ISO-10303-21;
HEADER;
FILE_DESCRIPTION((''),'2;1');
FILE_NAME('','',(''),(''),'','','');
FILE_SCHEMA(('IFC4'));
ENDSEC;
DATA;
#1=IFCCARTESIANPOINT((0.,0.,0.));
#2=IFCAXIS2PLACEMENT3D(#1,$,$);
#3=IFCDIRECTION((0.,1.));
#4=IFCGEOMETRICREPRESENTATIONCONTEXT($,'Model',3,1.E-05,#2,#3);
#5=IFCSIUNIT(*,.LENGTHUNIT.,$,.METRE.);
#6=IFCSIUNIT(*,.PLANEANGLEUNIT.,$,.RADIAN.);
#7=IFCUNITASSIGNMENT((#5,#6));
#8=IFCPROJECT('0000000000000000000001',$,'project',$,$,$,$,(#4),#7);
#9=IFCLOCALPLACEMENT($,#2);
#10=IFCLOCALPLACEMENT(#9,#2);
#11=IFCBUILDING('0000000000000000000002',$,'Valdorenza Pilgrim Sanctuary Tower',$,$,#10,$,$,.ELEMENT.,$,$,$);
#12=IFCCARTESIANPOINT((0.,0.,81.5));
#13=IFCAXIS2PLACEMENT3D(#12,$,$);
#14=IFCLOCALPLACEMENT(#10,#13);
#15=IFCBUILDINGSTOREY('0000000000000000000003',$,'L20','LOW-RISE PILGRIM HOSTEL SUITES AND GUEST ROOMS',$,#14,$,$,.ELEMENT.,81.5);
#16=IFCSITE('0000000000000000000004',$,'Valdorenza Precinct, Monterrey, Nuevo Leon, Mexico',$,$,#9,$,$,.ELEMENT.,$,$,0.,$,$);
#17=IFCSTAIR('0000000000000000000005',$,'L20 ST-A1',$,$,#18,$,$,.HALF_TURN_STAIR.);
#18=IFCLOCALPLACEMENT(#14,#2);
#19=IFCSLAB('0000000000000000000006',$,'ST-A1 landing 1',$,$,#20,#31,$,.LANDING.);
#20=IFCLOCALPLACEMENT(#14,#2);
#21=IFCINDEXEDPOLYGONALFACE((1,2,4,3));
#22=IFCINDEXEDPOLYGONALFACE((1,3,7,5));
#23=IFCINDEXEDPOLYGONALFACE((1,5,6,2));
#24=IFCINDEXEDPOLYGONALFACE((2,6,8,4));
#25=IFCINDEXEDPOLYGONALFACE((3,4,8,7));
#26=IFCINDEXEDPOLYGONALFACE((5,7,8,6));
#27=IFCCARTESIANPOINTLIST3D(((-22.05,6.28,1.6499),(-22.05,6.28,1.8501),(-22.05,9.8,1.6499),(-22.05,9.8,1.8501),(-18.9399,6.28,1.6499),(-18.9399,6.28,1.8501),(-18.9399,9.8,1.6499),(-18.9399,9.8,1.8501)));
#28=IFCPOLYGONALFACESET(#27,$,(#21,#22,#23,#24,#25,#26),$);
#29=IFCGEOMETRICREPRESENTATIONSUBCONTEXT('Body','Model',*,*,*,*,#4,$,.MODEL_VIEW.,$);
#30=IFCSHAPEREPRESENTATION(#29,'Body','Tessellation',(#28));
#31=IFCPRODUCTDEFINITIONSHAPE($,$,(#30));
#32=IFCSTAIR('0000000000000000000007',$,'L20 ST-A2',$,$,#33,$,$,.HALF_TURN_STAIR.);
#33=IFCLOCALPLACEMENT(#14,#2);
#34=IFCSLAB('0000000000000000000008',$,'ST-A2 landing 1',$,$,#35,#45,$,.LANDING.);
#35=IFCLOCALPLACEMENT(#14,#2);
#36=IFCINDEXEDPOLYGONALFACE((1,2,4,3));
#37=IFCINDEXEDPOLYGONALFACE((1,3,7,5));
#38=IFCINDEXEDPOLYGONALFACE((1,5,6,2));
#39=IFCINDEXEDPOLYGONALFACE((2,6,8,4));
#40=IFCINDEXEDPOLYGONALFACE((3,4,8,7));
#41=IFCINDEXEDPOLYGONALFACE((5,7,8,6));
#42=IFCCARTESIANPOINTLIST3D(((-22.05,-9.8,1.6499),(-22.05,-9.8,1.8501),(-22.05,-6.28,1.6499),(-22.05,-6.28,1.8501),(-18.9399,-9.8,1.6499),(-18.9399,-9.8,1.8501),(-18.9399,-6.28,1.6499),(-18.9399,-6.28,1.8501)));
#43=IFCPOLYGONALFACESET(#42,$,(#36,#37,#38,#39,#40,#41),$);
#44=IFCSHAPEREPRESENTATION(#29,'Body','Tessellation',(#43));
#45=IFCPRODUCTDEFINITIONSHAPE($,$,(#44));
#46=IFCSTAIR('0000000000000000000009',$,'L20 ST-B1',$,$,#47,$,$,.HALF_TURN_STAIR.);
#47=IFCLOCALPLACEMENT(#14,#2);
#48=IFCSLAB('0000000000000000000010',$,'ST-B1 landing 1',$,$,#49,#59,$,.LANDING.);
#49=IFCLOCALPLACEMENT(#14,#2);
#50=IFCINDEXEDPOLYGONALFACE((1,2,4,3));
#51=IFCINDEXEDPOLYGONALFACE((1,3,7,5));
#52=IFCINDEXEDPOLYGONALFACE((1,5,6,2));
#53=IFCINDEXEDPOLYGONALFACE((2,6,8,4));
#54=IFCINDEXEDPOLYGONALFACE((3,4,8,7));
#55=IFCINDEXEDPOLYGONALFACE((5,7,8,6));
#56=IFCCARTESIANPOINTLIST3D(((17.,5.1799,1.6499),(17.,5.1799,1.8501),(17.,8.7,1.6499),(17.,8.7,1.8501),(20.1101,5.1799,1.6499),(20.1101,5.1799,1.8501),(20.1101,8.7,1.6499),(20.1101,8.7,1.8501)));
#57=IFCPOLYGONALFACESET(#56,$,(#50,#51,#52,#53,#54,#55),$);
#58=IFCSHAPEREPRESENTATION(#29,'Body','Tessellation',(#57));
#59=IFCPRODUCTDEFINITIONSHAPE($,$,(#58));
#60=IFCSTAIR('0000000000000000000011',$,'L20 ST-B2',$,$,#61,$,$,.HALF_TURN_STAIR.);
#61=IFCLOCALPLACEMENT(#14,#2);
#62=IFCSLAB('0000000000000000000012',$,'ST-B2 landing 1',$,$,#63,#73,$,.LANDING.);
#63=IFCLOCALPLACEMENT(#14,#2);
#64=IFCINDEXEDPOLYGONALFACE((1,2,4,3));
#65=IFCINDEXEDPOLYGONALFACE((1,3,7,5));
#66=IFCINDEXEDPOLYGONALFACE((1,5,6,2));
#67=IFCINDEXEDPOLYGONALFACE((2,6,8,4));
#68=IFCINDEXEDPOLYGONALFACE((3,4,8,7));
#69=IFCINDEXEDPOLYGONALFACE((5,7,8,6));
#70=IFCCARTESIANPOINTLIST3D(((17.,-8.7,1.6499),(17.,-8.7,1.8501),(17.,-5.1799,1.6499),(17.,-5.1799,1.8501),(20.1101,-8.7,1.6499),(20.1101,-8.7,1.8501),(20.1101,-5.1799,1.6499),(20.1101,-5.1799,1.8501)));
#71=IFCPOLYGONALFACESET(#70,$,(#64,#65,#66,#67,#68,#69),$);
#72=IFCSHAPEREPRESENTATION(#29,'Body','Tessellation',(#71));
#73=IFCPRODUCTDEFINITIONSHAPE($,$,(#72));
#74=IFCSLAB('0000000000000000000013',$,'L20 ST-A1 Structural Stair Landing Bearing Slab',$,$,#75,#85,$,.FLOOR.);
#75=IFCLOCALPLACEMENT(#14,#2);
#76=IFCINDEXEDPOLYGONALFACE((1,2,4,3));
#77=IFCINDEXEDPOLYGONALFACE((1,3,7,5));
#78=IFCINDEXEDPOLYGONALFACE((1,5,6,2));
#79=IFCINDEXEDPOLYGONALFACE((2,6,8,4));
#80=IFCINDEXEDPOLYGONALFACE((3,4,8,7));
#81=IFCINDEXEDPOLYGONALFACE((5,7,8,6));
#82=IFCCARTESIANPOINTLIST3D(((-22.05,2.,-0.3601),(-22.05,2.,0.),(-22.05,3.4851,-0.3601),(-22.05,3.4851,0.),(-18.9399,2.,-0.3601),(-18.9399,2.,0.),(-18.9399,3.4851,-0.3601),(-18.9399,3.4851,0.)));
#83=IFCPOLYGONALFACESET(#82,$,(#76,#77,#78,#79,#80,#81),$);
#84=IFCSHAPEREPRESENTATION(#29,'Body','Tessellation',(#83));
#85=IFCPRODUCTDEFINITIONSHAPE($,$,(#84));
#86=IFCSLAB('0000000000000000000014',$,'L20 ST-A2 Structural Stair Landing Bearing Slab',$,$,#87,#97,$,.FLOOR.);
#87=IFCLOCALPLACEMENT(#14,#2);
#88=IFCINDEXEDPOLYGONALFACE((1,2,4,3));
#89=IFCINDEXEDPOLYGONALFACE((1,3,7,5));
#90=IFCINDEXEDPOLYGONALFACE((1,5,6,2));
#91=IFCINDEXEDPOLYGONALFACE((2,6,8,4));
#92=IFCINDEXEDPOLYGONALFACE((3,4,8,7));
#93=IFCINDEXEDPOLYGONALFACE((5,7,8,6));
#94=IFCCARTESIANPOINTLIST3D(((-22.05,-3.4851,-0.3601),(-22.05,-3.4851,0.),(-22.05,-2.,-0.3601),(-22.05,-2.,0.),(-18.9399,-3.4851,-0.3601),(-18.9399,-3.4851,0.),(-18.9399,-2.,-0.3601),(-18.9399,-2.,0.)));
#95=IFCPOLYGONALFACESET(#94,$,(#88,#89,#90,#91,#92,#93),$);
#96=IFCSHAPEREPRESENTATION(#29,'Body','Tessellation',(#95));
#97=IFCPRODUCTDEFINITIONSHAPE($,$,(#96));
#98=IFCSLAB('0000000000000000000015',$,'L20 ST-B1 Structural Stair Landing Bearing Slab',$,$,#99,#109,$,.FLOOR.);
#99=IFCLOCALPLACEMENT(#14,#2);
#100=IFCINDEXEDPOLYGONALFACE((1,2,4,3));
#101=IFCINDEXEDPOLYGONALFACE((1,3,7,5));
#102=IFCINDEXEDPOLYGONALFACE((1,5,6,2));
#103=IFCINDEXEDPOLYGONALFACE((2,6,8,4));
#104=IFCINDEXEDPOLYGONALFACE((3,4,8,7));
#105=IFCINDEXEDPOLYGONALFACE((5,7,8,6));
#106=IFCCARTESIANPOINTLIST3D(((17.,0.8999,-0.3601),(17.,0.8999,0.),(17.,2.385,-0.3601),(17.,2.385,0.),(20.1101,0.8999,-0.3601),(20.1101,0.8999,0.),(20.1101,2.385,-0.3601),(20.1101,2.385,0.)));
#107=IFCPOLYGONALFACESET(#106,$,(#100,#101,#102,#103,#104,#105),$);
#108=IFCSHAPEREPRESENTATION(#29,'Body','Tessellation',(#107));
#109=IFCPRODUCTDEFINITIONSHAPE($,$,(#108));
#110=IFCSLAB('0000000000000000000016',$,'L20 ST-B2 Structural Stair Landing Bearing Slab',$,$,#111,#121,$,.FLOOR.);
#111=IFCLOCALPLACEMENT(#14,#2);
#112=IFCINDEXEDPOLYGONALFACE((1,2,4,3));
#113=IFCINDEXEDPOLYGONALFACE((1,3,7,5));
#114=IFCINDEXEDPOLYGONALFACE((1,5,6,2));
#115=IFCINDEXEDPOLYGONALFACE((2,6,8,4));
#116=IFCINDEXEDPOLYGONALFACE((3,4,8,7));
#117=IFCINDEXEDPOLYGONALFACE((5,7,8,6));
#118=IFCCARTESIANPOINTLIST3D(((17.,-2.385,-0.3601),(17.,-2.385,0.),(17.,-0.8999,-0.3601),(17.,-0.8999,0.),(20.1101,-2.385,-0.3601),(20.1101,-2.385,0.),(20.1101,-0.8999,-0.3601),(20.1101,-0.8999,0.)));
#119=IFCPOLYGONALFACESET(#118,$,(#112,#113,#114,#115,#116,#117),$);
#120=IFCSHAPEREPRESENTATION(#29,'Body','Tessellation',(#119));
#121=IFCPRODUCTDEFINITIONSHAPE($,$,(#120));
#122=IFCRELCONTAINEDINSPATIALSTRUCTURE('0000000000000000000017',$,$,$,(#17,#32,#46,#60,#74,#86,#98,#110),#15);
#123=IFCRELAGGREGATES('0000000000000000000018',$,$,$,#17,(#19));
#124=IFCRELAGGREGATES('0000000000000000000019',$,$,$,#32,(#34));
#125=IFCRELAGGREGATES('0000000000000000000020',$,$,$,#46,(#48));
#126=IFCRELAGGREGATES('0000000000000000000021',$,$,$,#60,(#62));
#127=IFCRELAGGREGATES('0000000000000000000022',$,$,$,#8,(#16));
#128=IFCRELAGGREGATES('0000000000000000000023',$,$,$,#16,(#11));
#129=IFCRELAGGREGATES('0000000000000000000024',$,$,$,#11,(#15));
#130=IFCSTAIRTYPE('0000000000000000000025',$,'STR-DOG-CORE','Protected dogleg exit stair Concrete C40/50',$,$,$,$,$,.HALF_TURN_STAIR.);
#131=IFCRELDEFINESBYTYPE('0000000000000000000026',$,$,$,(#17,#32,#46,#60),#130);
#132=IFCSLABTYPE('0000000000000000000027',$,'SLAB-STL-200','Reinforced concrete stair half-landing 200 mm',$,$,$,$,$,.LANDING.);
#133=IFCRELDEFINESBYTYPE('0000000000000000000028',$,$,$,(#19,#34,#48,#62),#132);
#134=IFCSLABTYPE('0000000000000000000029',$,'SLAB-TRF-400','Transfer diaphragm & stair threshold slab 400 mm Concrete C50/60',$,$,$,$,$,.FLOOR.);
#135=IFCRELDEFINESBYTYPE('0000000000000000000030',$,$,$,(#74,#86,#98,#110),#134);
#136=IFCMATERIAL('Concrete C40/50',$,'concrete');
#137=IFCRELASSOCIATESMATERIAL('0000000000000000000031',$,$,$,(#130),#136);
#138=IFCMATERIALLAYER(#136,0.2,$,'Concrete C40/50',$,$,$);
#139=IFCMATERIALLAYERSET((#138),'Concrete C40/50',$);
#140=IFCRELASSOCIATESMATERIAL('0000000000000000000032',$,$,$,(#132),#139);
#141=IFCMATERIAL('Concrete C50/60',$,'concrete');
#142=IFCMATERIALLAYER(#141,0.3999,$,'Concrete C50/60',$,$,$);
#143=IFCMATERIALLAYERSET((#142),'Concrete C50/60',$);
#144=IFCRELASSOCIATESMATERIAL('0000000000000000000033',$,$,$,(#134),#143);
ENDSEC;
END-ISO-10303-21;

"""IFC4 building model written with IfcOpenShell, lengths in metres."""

from ifc_helpers import new_model, si_unit, direction, frame, origin, place, context, subcontext, project, spatial, polyline, outline, extrude, material, layer, layer_set, type_object, element, aggregate, save


model = new_model("IFC4")

# Units and contexts
model_context = context("Model", 3, precision=1e-05, world=origin(), true_north=direction((0.0, 1.0)))
body_context = subcontext(model_context, "Body", "Model", "MODEL_VIEW")
ifc_project = project(units=[si_unit("LENGTHUNIT", "METRE"), si_unit("PLANEANGLEUNIT", "RADIAN")], contexts=[model_context])

# Site, building, storey
site_placement = place(None, origin())
site = spatial("IfcSite", under=ifc_project, at=site_placement, Name="Valdorenza Precinct, Monterrey, Nuevo Leon, Mexico", CompositionType="ELEMENT", RefElevation=0.0)
building_placement = place(site_placement, origin())
building = spatial("IfcBuilding", under=site, at=building_placement, Name="Valdorenza Pilgrim Sanctuary Tower", CompositionType="ELEMENT")
storey_placement = place(building_placement, frame((0.0, 0.0, 81.5)))
storey = spatial("IfcBuildingStorey", under=building, at=storey_placement, Name="L20", Description="LOW-RISE PILGRIM HOSTEL SUITES AND GUEST ROOMS", CompositionType="ELEMENT", Elevation=81.5)

# Shared definitions
ifc_material_1 = material(Name="Concrete C40/50", Category="concrete")

# Stairs, slabs
stair_type = type_object("IfcStairType", Name="STR-DOG-CORE", Description="Protected dogleg exit stair Concrete C40/50", PredefinedType="HALF_TURN_STAIR", material=ifc_material_1)
stair_1_placement = place(storey_placement, origin())
stair_1 = element("IfcStair", 1, at=stair_1_placement, inside=storey, type_object=stair_type, Name="L20 ST-A1", PredefinedType="HALF_TURN_STAIR")
ifc_layer_1 = layer(ifc_material_1, 0.2, Name="Concrete C40/50")
ifc_layer_set_1 = layer_set([ifc_layer_1], Name="Concrete C40/50")
slab_type_1 = type_object("IfcSlabType", Name="SLAB-STL-200", Description="Reinforced concrete stair half-landing 200 mm", PredefinedType="LANDING", material=ifc_layer_set_1)
slab_1_placement = place(storey_placement, frame((0.0, 0.0, 1.6499)))
slab_1 = element("IfcSlab", 2, at=slab_1_placement, type_object=slab_type_1, Name="ST-A1 landing 1", PredefinedType="LANDING", context=body_context, shape_type="SweptSolid", body=[
    extrude(outline(polyline([(-18.9399, 6.28), (-18.9399, 9.8), (-22.05, 9.8), (-22.05, 6.28), (-18.9399, 6.28)])), origin(), (0.0, 0.0, 1.0), 0.2002),
])
aggregate(stair_1, [slab_1])
stair_2_placement = place(storey_placement, origin())
stair_2 = element("IfcStair", 3, at=stair_2_placement, inside=storey, type_object=stair_type, Name="L20 ST-A2", PredefinedType="HALF_TURN_STAIR")
slab_2_placement = place(storey_placement, frame((0.0, 0.0, 1.6499)))
slab_2 = element("IfcSlab", 4, at=slab_2_placement, type_object=slab_type_1, Name="ST-A2 landing 1", PredefinedType="LANDING", context=body_context, shape_type="SweptSolid", body=[
    extrude(outline(polyline([(-22.05, -6.28), (-22.05, -9.8), (-18.9399, -9.8), (-18.9399, -6.28), (-22.05, -6.28)])), origin(), (0.0, 0.0, 1.0), 0.2002),
])
aggregate(stair_2, [slab_2])
stair_3_placement = place(storey_placement, origin())
stair_3 = element("IfcStair", 5, at=stair_3_placement, inside=storey, type_object=stair_type, Name="L20 ST-B1", PredefinedType="HALF_TURN_STAIR")
slab_3_placement = place(storey_placement, frame((0.0, 0.0, 1.6499)))
slab_3 = element("IfcSlab", 6, at=slab_3_placement, type_object=slab_type_1, Name="ST-B1 landing 1", PredefinedType="LANDING", context=body_context, shape_type="SweptSolid", body=[
    extrude(outline(polyline([(20.1101, 5.1799), (20.1101, 8.7), (17.0, 8.7), (17.0, 5.1799), (20.1101, 5.1799)])), origin(), (0.0, 0.0, 1.0), 0.2002),
])
aggregate(stair_3, [slab_3])
stair_4_placement = place(storey_placement, origin())
stair_4 = element("IfcStair", 7, at=stair_4_placement, inside=storey, type_object=stair_type, Name="L20 ST-B2", PredefinedType="HALF_TURN_STAIR")
slab_4_placement = place(storey_placement, frame((0.0, 0.0, 1.6499)))
slab_4 = element("IfcSlab", 8, at=slab_4_placement, type_object=slab_type_1, Name="ST-B2 landing 1", PredefinedType="LANDING", context=body_context, shape_type="SweptSolid", body=[
    extrude(outline(polyline([(17.0, -5.1799), (17.0, -8.7), (20.1101, -8.7), (20.1101, -5.1799), (17.0, -5.1799)])), origin(), (0.0, 0.0, 1.0), 0.2002),
])
aggregate(stair_4, [slab_4])

# Slabs
ifc_material_2 = material(Name="Concrete C50/60", Category="concrete")
ifc_layer_2 = layer(ifc_material_2, 0.3999, Name="Concrete C50/60")
ifc_layer_set_2 = layer_set([ifc_layer_2], Name="Concrete C50/60")
slab_type_2 = type_object("IfcSlabType", Name="SLAB-TRF-400", Description="Transfer diaphragm & stair threshold slab 400 mm Concrete C50/60", PredefinedType="FLOOR", material=ifc_layer_set_2)
slab_5_placement = place(storey_placement, frame((0.0, 0.0, -0.3601)))
element("IfcSlab", 9, at=slab_5_placement, inside=storey, type_object=slab_type_2, Name="L20 ST-A1 Structural Stair Landing Bearing Slab", PredefinedType="FLOOR", context=body_context, shape_type="SweptSolid", body=[
    extrude(outline(polyline([(-22.05, 2.0), (-18.9399, 2.0), (-18.9399, 3.4851), (-22.05, 3.4851), (-22.05, 2.0)])), origin(), (0.0, 0.0, 1.0), 0.3601),
])
slab_6_placement = place(storey_placement, frame((0.0, 0.0, -0.3601)))
element("IfcSlab", 10, at=slab_6_placement, inside=storey, type_object=slab_type_2, Name="L20 ST-A2 Structural Stair Landing Bearing Slab", PredefinedType="FLOOR", context=body_context, shape_type="SweptSolid", body=[
    extrude(outline(polyline([(-22.05, -3.4851), (-18.9399, -3.4851), (-18.9399, -2.0), (-22.05, -2.0), (-22.05, -3.4851)])), origin(), (0.0, 0.0, 1.0), 0.3601),
])
slab_7_placement = place(storey_placement, frame((0.0, 0.0, -0.3601)))
element("IfcSlab", 11, at=slab_7_placement, inside=storey, type_object=slab_type_2, Name="L20 ST-B1 Structural Stair Landing Bearing Slab", PredefinedType="FLOOR", context=body_context, shape_type="SweptSolid", body=[
    extrude(outline(polyline([(17.0, 0.8999), (20.1101, 0.8999), (20.1101, 2.385), (17.0, 2.385), (17.0, 0.8999)])), origin(), (0.0, 0.0, 1.0), 0.3601),
])
slab_8_placement = place(storey_placement, frame((0.0, 0.0, -0.3601)))
element("IfcSlab", 12, at=slab_8_placement, inside=storey, type_object=slab_type_2, Name="L20 ST-B2 Structural Stair Landing Bearing Slab", PredefinedType="FLOOR", context=body_context, shape_type="SweptSolid", body=[
    extrude(outline(polyline([(17.0, -2.385), (20.1101, -2.385), (20.1101, -0.8999), (17.0, -0.8999), (17.0, -2.385)])), origin(), (0.0, 0.0, 1.0), 0.3601),
])

save(model, "model.ifc")
